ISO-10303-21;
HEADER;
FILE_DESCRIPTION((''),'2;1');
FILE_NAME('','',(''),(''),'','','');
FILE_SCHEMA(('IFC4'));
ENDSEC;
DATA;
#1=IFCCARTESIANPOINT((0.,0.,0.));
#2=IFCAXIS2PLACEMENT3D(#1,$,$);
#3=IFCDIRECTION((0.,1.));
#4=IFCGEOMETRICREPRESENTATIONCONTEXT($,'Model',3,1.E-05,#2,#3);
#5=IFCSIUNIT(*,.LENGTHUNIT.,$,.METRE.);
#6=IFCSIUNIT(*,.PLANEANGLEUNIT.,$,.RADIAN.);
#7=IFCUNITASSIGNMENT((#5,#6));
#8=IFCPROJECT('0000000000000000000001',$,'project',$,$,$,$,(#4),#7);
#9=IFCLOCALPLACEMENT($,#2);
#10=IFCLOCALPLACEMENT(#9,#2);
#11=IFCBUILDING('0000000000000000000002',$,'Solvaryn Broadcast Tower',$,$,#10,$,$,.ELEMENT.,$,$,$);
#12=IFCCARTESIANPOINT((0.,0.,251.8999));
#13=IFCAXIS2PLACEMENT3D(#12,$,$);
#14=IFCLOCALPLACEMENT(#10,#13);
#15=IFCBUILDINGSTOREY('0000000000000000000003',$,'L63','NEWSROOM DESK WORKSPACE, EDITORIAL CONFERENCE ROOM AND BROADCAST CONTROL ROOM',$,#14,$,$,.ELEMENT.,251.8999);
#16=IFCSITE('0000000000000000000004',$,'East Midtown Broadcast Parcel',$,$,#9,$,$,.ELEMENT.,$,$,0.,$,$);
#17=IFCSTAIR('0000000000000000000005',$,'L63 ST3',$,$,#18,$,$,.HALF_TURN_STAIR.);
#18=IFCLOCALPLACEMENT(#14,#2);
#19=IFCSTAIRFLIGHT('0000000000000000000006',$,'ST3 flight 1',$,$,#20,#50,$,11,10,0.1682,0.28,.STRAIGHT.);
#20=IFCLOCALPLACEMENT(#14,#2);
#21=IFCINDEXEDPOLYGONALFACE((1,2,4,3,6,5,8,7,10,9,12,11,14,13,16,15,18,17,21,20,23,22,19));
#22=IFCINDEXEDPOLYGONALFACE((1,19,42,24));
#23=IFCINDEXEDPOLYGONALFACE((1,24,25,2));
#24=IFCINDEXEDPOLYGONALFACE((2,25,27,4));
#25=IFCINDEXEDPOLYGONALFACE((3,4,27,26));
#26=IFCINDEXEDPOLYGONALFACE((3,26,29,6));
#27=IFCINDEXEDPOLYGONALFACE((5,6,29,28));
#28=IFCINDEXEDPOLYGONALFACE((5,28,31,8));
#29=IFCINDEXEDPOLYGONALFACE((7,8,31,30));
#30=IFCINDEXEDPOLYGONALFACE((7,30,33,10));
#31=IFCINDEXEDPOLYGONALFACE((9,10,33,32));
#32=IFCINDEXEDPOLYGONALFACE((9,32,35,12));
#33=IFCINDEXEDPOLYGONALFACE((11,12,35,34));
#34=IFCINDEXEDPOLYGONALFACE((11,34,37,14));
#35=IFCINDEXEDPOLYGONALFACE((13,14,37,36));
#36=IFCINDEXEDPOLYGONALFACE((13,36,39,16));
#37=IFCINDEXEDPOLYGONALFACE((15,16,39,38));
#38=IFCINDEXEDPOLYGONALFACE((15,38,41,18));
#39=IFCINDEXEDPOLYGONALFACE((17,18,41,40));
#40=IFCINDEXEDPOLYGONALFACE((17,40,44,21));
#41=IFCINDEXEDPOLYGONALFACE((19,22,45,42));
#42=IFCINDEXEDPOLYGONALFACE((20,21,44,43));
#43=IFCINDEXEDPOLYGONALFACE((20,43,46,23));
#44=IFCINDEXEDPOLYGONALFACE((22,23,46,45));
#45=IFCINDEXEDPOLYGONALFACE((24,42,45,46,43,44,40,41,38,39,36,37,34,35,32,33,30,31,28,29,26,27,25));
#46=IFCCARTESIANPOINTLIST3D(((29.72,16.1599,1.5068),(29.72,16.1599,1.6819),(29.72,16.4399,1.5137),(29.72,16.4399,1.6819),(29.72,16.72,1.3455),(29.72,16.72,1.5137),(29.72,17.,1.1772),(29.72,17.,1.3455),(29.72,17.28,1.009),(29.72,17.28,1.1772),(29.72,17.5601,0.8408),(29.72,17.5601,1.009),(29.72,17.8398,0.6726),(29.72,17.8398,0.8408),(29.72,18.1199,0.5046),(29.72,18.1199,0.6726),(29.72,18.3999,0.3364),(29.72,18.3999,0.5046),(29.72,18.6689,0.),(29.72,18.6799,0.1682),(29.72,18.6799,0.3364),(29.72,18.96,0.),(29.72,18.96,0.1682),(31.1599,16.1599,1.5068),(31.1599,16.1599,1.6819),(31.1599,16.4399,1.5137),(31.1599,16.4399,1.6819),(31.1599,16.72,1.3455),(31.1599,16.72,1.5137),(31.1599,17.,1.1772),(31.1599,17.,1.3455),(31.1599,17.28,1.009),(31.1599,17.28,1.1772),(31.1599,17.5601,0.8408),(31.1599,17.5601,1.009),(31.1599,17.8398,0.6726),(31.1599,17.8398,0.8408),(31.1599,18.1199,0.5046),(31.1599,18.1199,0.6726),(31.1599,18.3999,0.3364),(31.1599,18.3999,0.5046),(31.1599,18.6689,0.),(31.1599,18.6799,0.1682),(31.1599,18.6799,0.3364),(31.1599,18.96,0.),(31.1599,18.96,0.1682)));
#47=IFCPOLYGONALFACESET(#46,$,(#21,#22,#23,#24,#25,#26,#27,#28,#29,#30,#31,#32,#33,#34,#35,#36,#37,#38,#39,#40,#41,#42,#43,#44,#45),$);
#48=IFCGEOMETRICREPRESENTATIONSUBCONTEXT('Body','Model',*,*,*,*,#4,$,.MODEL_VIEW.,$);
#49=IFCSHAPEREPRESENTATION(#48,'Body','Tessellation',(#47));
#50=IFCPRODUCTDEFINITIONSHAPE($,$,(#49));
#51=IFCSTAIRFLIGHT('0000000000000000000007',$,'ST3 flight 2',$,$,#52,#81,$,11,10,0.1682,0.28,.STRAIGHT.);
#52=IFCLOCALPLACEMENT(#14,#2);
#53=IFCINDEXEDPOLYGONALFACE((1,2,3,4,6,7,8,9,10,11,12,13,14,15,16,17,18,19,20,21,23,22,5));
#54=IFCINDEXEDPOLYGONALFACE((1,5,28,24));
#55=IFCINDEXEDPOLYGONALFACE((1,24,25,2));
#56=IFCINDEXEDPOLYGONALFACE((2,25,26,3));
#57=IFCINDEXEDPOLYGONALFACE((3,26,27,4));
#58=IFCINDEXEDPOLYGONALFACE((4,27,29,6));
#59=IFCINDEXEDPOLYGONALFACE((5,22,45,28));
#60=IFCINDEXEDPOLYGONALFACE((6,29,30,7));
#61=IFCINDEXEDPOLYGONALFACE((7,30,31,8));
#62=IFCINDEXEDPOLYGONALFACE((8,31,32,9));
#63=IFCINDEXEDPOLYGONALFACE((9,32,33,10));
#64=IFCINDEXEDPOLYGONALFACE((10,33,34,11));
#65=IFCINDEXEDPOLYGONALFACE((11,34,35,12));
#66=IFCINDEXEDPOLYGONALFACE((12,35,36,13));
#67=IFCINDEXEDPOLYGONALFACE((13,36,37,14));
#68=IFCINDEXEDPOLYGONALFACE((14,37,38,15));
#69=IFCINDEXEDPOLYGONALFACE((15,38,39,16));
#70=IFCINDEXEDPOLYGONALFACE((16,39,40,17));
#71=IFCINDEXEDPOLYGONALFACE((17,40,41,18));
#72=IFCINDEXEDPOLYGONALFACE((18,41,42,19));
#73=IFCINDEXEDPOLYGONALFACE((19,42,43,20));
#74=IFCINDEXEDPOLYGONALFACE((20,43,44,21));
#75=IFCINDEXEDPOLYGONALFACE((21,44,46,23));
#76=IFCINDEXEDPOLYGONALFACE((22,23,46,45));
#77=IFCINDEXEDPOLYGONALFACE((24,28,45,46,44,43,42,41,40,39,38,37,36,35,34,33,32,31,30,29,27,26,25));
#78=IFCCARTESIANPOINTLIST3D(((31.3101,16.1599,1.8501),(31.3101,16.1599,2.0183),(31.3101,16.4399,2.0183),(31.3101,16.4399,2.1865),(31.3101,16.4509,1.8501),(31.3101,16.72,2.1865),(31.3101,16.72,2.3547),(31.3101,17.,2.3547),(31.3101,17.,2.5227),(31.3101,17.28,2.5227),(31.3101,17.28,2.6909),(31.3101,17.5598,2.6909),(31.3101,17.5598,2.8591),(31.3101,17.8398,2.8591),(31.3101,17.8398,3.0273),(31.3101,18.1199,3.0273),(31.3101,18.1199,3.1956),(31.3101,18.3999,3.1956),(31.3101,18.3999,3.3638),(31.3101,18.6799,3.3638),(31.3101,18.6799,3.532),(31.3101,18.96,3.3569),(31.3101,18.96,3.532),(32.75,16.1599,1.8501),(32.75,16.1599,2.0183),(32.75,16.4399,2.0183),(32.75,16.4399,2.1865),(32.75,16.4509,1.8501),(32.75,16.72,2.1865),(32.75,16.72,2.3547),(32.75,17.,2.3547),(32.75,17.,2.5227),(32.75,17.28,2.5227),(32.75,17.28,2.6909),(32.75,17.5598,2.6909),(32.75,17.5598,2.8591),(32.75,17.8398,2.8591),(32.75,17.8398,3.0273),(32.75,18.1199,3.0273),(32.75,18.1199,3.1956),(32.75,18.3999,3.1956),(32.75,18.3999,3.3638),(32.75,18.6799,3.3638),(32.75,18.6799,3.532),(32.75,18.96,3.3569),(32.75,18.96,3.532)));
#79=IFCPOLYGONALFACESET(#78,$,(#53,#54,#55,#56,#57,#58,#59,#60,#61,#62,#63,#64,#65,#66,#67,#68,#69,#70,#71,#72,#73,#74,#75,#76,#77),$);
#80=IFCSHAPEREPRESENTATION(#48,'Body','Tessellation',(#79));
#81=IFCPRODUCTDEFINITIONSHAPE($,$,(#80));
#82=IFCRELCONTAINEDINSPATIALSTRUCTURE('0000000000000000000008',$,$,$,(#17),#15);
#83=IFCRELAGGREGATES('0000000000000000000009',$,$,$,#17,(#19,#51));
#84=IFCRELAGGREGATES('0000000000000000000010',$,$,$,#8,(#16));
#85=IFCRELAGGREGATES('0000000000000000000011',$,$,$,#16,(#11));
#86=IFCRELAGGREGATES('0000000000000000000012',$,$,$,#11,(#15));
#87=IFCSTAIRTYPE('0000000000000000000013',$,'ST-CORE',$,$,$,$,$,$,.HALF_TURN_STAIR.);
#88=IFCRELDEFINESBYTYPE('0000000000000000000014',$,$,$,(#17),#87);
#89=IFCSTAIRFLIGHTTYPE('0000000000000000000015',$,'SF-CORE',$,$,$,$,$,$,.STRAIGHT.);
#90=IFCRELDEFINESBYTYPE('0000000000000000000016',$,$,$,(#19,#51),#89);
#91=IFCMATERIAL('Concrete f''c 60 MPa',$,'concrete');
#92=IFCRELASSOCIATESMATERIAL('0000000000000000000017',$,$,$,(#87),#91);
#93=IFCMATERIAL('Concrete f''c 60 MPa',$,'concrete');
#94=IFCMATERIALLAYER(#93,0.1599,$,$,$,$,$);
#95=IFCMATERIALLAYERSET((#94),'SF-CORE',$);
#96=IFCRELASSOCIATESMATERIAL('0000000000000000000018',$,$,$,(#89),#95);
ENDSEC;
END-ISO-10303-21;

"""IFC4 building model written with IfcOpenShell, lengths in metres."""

from ifc_helpers import new_model, si_unit, direction, frame, origin, place, context, subcontext, project, spatial, polyline, outline, extrude, material, layer, layer_set, type_object, element, aggregate, save


model = new_model("IFC4")

# Units and contexts
model_context = context("Model", 3, precision=1e-05, world=origin(), true_north=direction((0.0, 1.0)))
body_context = subcontext(model_context, "Body", "Model", "MODEL_VIEW")
ifc_project = project(units=[si_unit("LENGTHUNIT", "METRE"), si_unit("PLANEANGLEUNIT", "RADIAN")], contexts=[model_context])

# Site, building, storey
site_placement = place(None, origin())
site = spatial("IfcSite", under=ifc_project, at=site_placement, Name="East Midtown Broadcast Parcel", CompositionType="ELEMENT", RefElevation=0.0)
building_placement = place(site_placement, origin())
building = spatial("IfcBuilding", under=site, at=building_placement, Name="Solvaryn Broadcast Tower", CompositionType="ELEMENT")
storey_placement = place(building_placement, frame((0.0, 0.0, 251.8999)))
storey = spatial("IfcBuildingStorey", under=building, at=storey_placement, Name="L63", Description="NEWSROOM DESK WORKSPACE, EDITORIAL CONFERENCE ROOM AND BROADCAST CONTROL ROOM", CompositionType="ELEMENT", Elevation=251.8999)

# Stair, stair flights
ifc_material_1 = material(Name="Concrete f'c 60 MPa", Category="concrete")
stair_type = type_object("IfcStairType", Name="ST-CORE", PredefinedType="HALF_TURN_STAIR", material=ifc_material_1)
stair_placement = place(storey_placement, origin())
stair = element("IfcStair", 1, at=stair_placement, inside=storey, type_object=stair_type, Name="L63 ST3", PredefinedType="HALF_TURN_STAIR")
ifc_material_2 = material(Name="Concrete f'c 60 MPa", Category="concrete")
ifc_layer_1 = layer(ifc_material_2, 0.1599)
ifc_layer_set_1 = layer_set([ifc_layer_1], Name="SF-CORE")
stair_flight_type = type_object("IfcStairFlightType", Name="SF-CORE", PredefinedType="STRAIGHT", material=ifc_layer_set_1)
stair_flight_1_placement = place(storey_placement, frame((30.4399, 18.96, 0.0), z_axis=(0.0, 0.0, 1.0), x_axis=(0.0, -1.0, 0.0)))
stair_flight_1 = element("IfcStairFlight", 2, at=stair_flight_1_placement, type_object=stair_flight_type, Name="ST3 flight 1", NumberOfRisers=11, NumberOfTreads=10, PredefinedType="STRAIGHT", RiserHeight=0.1682, TreadLength=0.28, context=body_context, shape_type="SweptSolid", body=[
    extrude(outline(polyline([(0.0, 0.0), (0.0, 0.1682), (0.28, 0.1682), (0.28, 0.3364), (0.5601, 0.3364), (0.5601, 0.5046), (0.8401, 0.5046), (0.8401, 0.6726), (1.1201, 0.6726), (1.1201, 0.8408), (1.3999, 0.8408), (1.3999, 1.009), (1.6799, 1.009), (1.6799, 1.1772), (1.96, 1.1772), (1.96, 1.3455), (2.24, 1.3455), (2.24, 1.5137), (2.52, 1.5137), (2.52, 1.6819), (2.8, 1.6819), (2.8, 1.8501), (2.8, 1.5068), (0.291, 0.0), (0.0, 0.0)])), frame((0.0, 0.72, 0.0), z_axis=(0.0, -1.0, 0.0), x_axis=(1.0, 0.0, 0.0)), (0.0, 0.0, 1.0), 1.4399),
])
stair_flight_2_placement = place(storey_placement, frame((32.03, 16.1599, 1.8501), z_axis=(0.0, 0.0, 1.0), x_axis=(0.0, 1.0, 0.0)))
stair_flight_2 = element("IfcStairFlight", 3, at=stair_flight_2_placement, type_object=stair_flight_type, Name="ST3 flight 2", NumberOfRisers=11, NumberOfTreads=10, PredefinedType="STRAIGHT", RiserHeight=0.1682, TreadLength=0.28, context=body_context, shape_type="SweptSolid", body=[
    extrude(outline(polyline([(0.0, 0.0), (0.0, 0.1682), (0.28, 0.1682), (0.28, 0.3364), (0.5601, 0.3364), (0.5601, 0.5046), (0.8401, 0.5046), (0.8401, 0.6726), (1.1201, 0.6726), (1.1201, 0.8408), (1.3999, 0.8408), (1.3999, 1.009), (1.6799, 1.009), (1.6799, 1.1772), (1.96, 1.1772), (1.96, 1.3455), (2.24, 1.3455), (2.24, 1.5137), (2.52, 1.5137), (2.52, 1.6819), (2.8, 1.6819), (2.8, 1.8501), (2.8, 1.5068), (0.291, 0.0), (0.0, 0.0)])), frame((0.0, 0.72, 0.0), z_axis=(0.0, -1.0, 0.0), x_axis=(1.0, 0.0, 0.0)), (0.0, 0.0, 1.0), 1.4399),
])
aggregate(stair, [stair_flight_1, stair_flight_2])

save(model, "model.ifc")
